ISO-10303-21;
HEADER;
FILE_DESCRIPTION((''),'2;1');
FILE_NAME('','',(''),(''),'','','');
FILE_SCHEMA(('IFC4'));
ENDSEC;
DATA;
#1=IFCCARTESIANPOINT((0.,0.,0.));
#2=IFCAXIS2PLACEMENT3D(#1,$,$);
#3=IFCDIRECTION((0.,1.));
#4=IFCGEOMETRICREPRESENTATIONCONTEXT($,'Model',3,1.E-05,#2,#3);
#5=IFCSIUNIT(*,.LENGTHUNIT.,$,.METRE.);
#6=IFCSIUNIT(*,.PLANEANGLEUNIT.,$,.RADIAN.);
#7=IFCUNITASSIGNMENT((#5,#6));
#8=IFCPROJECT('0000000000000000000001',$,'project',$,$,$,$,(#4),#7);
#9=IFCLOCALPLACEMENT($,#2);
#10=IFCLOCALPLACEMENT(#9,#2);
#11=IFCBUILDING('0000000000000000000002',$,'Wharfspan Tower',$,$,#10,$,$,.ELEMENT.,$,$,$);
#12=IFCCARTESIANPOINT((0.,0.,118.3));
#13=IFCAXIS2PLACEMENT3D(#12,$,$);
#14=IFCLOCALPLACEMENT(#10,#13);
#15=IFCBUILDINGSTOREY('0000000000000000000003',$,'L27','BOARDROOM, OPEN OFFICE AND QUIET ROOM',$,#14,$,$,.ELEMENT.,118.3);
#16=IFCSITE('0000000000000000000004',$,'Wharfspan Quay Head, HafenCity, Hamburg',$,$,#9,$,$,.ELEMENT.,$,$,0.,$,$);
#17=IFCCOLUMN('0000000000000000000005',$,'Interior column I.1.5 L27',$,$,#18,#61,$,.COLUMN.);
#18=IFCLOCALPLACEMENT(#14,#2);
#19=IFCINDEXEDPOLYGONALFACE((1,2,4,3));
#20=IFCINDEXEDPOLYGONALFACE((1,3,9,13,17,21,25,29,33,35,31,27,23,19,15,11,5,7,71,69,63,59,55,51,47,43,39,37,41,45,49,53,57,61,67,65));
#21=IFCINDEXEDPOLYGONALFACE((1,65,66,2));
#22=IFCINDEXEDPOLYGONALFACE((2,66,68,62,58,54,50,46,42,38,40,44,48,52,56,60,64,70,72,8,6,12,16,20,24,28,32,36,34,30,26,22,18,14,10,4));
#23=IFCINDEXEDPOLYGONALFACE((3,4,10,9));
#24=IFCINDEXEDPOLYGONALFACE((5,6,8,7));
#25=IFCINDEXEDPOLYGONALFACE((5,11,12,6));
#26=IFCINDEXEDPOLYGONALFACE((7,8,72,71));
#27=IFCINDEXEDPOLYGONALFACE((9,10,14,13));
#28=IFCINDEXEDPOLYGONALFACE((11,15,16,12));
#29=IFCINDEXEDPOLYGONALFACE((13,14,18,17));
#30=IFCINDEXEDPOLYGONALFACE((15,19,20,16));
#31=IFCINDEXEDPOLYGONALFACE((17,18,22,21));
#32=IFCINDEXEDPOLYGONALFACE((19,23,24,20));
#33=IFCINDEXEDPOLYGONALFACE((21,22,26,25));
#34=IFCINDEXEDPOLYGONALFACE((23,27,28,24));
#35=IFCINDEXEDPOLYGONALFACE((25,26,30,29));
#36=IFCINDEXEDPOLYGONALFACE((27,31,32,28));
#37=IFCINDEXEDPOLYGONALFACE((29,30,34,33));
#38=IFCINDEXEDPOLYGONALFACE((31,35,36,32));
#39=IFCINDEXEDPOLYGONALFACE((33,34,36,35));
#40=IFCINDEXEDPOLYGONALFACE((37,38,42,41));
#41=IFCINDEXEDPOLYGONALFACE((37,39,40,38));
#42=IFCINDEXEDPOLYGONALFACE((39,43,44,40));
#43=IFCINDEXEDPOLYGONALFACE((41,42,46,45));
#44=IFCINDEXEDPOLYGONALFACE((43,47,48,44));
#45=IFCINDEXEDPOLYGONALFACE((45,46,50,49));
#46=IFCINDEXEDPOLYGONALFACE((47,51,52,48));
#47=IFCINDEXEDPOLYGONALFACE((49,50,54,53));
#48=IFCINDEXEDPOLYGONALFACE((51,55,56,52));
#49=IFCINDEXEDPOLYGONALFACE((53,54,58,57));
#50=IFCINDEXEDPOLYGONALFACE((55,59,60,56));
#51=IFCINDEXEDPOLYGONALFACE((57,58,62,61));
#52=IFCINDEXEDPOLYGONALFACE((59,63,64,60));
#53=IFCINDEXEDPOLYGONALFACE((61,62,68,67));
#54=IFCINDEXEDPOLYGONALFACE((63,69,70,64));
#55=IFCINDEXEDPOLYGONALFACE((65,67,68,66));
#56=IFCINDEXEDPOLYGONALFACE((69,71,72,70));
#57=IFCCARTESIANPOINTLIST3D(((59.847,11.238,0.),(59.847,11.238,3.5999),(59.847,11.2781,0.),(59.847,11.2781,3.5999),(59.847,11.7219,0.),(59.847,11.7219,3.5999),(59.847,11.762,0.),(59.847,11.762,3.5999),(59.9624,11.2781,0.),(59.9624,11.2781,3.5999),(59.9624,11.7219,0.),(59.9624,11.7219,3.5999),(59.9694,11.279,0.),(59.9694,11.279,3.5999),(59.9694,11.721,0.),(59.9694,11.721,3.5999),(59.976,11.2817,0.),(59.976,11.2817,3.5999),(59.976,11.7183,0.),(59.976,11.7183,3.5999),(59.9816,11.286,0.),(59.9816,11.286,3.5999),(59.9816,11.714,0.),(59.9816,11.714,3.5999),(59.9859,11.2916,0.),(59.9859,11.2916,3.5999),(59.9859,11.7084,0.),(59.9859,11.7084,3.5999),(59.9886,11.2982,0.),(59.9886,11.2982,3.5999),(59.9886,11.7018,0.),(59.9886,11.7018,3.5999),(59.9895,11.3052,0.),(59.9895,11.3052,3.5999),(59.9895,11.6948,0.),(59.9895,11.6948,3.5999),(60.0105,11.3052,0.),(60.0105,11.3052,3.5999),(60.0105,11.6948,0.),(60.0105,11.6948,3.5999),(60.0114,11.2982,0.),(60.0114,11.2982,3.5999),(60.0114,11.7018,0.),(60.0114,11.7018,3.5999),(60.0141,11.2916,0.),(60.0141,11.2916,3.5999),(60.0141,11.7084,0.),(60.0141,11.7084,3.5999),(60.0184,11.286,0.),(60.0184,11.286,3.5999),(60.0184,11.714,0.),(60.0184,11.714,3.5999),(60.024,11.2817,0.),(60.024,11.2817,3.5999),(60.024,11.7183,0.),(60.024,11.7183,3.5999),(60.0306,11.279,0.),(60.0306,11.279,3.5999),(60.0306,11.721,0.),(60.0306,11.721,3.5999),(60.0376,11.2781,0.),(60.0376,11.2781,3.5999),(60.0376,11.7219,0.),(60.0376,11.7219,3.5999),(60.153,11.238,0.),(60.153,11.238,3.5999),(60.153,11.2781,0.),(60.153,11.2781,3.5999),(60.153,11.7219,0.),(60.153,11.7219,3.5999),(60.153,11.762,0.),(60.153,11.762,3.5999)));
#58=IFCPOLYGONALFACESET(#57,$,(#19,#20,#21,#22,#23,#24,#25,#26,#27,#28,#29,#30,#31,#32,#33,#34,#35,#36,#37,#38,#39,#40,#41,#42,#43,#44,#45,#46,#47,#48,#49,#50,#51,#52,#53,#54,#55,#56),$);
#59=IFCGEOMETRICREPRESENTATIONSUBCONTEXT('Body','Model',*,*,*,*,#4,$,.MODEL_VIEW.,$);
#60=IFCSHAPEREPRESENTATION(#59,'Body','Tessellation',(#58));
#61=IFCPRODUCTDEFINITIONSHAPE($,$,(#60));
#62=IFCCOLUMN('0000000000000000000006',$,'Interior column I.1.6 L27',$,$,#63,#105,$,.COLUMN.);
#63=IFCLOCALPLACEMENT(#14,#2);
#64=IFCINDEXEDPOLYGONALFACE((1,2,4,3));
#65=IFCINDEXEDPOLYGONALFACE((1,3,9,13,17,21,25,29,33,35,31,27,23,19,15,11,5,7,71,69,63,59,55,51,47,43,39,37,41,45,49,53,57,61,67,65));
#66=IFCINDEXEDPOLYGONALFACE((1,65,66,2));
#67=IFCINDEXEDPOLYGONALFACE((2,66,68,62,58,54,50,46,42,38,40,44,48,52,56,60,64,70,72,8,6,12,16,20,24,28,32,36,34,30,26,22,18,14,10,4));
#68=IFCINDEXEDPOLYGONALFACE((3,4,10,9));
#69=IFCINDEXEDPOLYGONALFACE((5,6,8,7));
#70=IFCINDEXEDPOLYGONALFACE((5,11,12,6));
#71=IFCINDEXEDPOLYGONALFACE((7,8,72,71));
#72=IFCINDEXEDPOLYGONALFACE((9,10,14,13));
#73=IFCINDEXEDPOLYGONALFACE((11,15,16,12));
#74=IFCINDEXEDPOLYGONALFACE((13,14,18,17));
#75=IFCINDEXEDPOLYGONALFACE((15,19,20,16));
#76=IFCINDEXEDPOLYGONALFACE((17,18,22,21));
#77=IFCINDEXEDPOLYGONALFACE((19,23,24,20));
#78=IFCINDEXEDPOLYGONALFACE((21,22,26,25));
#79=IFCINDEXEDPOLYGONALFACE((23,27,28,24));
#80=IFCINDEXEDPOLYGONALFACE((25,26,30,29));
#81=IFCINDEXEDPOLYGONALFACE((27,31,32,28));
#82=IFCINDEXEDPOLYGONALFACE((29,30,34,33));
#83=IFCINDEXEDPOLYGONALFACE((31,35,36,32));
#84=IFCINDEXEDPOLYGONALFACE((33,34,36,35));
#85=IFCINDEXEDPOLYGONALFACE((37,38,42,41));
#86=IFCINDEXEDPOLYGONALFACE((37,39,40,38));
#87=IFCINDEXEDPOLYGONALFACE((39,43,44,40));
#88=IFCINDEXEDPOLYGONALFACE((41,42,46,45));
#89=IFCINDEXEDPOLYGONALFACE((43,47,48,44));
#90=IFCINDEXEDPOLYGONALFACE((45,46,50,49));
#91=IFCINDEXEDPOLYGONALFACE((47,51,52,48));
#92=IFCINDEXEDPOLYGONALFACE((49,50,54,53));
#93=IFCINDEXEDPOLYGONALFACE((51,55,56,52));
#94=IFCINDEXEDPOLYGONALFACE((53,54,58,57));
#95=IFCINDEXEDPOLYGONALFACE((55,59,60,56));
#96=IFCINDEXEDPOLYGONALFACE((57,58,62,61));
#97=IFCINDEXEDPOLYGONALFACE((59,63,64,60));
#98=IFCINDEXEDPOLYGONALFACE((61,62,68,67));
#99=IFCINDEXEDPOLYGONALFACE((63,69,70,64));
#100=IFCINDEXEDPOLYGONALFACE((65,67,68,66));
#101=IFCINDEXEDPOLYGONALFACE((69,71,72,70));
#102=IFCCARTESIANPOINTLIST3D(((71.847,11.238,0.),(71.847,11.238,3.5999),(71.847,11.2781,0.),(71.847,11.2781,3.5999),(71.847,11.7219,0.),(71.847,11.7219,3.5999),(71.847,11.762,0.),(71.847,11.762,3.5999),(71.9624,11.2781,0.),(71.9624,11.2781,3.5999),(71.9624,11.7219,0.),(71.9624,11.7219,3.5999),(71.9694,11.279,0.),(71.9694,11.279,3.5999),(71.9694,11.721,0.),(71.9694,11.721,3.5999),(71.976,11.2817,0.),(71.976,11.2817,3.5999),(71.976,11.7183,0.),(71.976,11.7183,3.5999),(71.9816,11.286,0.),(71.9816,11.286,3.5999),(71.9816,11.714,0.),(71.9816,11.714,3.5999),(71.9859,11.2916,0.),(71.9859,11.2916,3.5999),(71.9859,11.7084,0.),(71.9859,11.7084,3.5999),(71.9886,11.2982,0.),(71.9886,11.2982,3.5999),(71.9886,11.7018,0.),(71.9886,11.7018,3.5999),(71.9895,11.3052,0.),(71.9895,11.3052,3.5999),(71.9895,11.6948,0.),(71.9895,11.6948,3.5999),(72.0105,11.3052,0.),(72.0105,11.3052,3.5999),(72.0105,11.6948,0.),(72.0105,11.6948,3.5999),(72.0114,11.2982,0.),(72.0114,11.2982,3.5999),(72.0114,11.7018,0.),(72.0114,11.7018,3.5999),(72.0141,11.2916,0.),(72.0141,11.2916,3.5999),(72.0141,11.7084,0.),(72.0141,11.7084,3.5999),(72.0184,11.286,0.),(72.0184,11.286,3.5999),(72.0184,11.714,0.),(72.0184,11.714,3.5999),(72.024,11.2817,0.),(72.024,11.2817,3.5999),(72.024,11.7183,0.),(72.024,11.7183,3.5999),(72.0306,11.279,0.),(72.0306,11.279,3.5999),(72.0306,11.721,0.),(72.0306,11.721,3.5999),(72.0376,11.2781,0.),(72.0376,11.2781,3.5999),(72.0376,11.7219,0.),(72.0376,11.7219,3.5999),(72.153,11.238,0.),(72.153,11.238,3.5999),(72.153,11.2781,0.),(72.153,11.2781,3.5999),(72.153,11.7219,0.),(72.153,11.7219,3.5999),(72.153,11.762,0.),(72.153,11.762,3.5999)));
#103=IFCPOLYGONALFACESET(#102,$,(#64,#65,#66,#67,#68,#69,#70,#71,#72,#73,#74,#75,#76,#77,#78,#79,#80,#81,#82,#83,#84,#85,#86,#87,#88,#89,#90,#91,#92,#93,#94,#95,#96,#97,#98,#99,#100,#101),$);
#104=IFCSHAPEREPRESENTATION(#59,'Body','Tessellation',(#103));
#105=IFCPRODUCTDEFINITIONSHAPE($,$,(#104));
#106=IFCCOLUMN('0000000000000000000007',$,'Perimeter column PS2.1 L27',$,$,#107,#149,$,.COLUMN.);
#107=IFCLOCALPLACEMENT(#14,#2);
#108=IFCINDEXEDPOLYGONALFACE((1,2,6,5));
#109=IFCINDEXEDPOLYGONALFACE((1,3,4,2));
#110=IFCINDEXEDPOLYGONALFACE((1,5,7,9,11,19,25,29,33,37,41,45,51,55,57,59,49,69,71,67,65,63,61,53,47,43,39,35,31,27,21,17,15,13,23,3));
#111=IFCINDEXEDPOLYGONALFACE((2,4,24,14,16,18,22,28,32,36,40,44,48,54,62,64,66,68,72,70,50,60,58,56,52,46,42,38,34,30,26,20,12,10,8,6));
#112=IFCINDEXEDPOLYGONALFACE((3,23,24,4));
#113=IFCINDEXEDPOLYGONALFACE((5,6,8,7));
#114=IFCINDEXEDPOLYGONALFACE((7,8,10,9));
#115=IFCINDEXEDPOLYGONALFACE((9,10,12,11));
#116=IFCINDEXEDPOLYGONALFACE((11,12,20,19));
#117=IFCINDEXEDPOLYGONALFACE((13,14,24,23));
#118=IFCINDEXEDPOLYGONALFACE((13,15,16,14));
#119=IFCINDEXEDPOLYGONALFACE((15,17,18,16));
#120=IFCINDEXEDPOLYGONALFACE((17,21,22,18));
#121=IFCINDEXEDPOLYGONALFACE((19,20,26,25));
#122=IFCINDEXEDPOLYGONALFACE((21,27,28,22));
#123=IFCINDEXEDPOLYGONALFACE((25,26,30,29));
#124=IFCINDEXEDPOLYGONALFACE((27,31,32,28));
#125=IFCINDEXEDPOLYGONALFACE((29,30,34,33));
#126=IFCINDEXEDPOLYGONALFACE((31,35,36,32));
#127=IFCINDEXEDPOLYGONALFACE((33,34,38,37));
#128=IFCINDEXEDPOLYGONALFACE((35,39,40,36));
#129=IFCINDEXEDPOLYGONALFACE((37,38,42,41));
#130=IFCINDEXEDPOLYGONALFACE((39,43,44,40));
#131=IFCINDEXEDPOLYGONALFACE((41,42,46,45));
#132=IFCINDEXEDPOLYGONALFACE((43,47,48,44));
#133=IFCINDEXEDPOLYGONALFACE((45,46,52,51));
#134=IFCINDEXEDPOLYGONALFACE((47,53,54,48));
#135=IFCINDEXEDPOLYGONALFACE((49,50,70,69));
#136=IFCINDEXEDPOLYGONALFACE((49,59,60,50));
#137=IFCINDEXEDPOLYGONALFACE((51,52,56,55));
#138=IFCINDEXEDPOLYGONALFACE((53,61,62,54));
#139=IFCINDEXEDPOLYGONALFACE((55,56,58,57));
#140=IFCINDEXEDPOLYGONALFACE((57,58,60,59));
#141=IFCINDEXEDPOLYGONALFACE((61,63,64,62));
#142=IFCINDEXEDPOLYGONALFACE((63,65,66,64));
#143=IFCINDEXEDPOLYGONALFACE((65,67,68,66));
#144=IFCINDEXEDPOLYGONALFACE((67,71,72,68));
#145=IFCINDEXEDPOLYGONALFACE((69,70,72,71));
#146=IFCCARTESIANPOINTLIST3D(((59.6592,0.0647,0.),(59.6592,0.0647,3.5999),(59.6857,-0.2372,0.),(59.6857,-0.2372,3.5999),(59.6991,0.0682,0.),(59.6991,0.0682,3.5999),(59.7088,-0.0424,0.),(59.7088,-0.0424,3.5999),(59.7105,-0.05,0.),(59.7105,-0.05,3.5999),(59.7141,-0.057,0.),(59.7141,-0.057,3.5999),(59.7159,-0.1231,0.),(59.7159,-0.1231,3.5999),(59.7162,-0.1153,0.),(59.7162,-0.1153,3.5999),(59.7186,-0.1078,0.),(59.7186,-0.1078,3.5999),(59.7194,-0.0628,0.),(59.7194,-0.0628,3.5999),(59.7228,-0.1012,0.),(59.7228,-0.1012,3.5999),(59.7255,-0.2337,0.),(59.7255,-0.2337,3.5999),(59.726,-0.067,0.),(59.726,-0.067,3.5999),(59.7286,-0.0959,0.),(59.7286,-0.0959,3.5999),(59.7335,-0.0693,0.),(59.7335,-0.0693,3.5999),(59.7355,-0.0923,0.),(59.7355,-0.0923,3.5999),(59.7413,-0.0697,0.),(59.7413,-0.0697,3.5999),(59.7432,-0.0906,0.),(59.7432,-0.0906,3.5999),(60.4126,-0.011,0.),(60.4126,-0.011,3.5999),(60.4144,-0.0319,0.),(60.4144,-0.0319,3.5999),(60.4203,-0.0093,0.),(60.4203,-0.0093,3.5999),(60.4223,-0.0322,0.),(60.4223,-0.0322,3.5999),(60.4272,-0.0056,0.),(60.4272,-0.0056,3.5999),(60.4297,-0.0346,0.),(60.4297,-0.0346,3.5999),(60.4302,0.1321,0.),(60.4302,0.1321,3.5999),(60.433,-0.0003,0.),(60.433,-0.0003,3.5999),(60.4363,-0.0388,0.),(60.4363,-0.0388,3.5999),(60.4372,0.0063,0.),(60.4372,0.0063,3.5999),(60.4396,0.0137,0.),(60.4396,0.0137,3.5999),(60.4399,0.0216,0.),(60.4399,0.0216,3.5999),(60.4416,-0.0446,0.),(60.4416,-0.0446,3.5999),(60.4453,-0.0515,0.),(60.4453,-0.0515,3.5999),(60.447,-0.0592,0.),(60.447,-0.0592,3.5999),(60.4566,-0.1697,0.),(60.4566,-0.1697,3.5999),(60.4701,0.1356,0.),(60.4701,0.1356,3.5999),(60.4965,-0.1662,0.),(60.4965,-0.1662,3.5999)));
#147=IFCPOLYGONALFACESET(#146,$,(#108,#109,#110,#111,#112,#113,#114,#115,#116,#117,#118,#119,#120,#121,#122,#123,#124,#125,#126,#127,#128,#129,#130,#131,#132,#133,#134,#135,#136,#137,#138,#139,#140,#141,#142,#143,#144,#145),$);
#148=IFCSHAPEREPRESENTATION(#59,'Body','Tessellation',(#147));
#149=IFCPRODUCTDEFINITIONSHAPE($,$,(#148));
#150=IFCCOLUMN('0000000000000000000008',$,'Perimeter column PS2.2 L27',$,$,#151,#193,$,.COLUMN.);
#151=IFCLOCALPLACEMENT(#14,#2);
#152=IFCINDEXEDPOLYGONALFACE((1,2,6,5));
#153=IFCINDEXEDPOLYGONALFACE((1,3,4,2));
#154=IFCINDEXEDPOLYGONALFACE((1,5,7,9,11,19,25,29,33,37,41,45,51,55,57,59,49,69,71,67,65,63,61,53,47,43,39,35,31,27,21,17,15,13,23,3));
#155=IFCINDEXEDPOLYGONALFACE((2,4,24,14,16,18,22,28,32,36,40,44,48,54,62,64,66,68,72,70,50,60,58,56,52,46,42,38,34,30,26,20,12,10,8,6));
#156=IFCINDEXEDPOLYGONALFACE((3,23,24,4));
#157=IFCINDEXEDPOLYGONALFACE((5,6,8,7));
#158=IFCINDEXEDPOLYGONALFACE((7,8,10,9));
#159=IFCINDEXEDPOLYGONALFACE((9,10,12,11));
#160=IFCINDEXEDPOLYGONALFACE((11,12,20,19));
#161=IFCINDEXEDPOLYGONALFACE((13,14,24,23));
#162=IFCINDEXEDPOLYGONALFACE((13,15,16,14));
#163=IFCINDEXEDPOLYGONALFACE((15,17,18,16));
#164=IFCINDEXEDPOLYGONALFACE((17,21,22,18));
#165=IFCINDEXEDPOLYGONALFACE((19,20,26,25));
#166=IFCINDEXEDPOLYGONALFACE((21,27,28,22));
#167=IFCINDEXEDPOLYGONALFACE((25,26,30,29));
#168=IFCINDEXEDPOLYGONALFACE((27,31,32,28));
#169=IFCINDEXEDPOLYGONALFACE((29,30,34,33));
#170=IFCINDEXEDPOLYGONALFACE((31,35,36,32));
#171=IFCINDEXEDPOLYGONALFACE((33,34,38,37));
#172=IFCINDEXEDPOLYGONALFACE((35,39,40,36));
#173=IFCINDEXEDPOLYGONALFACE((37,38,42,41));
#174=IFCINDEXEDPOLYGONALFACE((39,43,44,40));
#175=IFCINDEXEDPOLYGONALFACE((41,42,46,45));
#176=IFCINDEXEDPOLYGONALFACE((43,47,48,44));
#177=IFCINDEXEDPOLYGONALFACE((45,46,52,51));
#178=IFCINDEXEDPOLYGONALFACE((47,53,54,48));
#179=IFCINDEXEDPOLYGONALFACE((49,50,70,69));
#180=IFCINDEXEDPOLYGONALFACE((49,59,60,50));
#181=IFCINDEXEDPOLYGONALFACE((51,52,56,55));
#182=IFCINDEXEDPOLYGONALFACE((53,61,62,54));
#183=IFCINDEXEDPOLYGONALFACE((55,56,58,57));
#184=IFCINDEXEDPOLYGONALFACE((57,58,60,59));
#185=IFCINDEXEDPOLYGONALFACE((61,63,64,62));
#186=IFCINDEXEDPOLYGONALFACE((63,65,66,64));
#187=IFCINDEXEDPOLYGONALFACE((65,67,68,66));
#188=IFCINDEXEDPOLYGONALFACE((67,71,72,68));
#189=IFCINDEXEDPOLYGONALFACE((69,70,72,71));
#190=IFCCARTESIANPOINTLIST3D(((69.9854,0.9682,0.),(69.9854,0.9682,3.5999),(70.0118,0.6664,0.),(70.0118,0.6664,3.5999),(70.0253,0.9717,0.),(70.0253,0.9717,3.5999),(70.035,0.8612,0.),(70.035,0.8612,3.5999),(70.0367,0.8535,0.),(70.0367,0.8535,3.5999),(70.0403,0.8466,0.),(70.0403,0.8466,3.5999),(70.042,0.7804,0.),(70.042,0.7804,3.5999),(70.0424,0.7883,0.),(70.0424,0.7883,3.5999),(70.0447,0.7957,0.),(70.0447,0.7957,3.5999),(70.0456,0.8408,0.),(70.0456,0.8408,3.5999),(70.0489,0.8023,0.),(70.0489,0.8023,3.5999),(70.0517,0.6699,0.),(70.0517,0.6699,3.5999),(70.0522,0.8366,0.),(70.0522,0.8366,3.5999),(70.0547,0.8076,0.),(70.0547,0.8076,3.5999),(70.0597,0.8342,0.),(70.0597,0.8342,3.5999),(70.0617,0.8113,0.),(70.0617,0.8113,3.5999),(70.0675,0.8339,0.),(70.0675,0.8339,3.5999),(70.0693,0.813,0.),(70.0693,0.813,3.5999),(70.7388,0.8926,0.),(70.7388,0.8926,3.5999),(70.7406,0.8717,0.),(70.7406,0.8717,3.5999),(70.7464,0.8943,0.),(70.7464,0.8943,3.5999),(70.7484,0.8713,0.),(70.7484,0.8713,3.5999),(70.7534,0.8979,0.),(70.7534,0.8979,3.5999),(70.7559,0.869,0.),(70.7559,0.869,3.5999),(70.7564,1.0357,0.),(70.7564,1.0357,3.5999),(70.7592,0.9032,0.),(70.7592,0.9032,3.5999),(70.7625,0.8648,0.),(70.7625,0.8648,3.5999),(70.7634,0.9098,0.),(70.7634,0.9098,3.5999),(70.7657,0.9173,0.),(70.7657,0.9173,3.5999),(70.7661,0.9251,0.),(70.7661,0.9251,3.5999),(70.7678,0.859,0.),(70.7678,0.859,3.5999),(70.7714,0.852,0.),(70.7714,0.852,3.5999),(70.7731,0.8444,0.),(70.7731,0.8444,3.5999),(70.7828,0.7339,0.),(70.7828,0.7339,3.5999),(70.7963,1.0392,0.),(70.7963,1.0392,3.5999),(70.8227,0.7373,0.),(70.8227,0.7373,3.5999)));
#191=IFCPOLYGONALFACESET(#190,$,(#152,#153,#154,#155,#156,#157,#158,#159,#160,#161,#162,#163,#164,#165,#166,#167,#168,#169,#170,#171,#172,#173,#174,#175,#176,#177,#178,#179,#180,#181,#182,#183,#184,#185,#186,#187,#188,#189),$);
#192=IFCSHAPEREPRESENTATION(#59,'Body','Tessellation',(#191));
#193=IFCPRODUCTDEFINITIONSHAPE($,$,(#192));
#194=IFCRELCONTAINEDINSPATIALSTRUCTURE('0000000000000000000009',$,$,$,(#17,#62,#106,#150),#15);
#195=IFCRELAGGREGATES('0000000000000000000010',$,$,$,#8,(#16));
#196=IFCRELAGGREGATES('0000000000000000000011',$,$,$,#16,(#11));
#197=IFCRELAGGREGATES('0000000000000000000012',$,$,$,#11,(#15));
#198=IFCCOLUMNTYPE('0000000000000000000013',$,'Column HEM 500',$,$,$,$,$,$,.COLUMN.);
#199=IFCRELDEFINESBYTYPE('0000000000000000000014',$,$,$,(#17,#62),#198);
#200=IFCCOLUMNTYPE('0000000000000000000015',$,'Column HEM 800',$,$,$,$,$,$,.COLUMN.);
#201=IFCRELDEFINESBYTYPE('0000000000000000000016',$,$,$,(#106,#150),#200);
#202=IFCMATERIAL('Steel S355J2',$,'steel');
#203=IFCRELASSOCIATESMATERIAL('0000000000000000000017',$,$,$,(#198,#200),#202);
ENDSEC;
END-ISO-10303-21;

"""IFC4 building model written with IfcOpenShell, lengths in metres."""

from ifc_helpers import new_model, si_unit, direction, frame, origin, origin_2d, place, context, subcontext, project, spatial, i_section, extrude, material, material_profile, profile_set, type_object, element, save


model = new_model("IFC4")

# Units and contexts
model_context = context("Model", 3, precision=1e-05, world=origin(), true_north=direction((0.0, 1.0)))
body_context = subcontext(model_context, "Body", "Model", "MODEL_VIEW")
ifc_project = project(units=[si_unit("LENGTHUNIT", "METRE"), si_unit("PLANEANGLEUNIT", "RADIAN")], contexts=[model_context])

# Site, building, storey
site_placement = place(None, origin())
site = spatial("IfcSite", under=ifc_project, at=site_placement, Name="Wharfspan Quay Head, HafenCity, Hamburg", CompositionType="ELEMENT", RefElevation=0.0)
building_placement = place(site_placement, origin())
building = spatial("IfcBuilding", under=site, at=building_placement, Name="Wharfspan Tower", CompositionType="ELEMENT")
storey_placement = place(building_placement, frame((0.0, 0.0, 118.3)))
storey = spatial("IfcBuildingStorey", under=building, at=storey_placement, Name="L27", Description="BOARDROOM, OPEN OFFICE AND QUIET ROOM", CompositionType="ELEMENT", Elevation=118.3)

# Columns
ifc_material_1 = material(Name="Steel S355J2", Category="steel")
ifc_material_profile_1 = material_profile(ifc_material_1, i_section(OverallWidth=0.3059, OverallDepth=0.5239, WebThickness=0.021, FlangeThickness=0.04, FilletRadius=0.0271, at=origin_2d()))
ifc_profile_set_1 = profile_set([ifc_material_profile_1], Name="Steel S355J2")
column_type_1 = type_object("IfcColumnType", Name="Column HEM 500", PredefinedType="COLUMN", material=ifc_profile_set_1)
for number, where, z_axis, x_axis, name in (
    (1, (60.0, 11.5, 0.0), (0.0, 0.0, 1.0), (1.0, 0.0, 0.0), "Interior column I.1.5 L27"),
    (2, (72.0, 11.5, 0.0), (0.0, 0.0, 1.0), (1.0, 0.0, 0.0), "Interior column I.1.6 L27"),
):
    element("IfcColumn", number, at=place(storey_placement, frame(where, z_axis=z_axis, x_axis=x_axis)), inside=storey, type_object=column_type_1, Name=name, PredefinedType="COLUMN", context=body_context, shape_type="SweptSolid", body=[
        extrude(i_section(OverallWidth=0.3059, OverallDepth=0.5239, WebThickness=0.021, FlangeThickness=0.04, FilletRadius=0.0271, at=origin_2d()), origin(), (0.0, 0.0, 1.0), 3.5999),
    ])
ifc_material_profile_2 = material_profile(ifc_material_1, i_section(OverallWidth=0.303, OverallDepth=0.814, WebThickness=0.021, FlangeThickness=0.04, FilletRadius=0.03, at=origin_2d()))
ifc_profile_set_2 = profile_set([ifc_material_profile_2], Name="Steel S355J2")
column_type_2 = type_object("IfcColumnType", Name="Column HEM 800", PredefinedType="COLUMN", material=ifc_profile_set_2)
for number, where, z_axis, x_axis, name in (
    (3, (60.0779, -0.0508, 0.0), (0.0, 0.0, 1.0), (0.087156, -0.996198, 0.0), "Perimeter column PS2.1 L27"),
    (4, (70.4041, 0.8528, 0.0), (0.0, 0.0, 1.0), (0.087156, -0.996198, 0.0), "Perimeter column PS2.2 L27"),
):
    element("IfcColumn", number, at=place(storey_placement, frame(where, z_axis=z_axis, x_axis=x_axis)), inside=storey, type_object=column_type_2, Name=name, PredefinedType="COLUMN", context=body_context, shape_type="SweptSolid", body=[
        extrude(i_section(OverallWidth=0.303, OverallDepth=0.814, WebThickness=0.021, FlangeThickness=0.04, FilletRadius=0.03, at=origin_2d()), origin(), (0.0, 0.0, 1.0), 3.5999),
    ])

save(model, "model.ifc")
